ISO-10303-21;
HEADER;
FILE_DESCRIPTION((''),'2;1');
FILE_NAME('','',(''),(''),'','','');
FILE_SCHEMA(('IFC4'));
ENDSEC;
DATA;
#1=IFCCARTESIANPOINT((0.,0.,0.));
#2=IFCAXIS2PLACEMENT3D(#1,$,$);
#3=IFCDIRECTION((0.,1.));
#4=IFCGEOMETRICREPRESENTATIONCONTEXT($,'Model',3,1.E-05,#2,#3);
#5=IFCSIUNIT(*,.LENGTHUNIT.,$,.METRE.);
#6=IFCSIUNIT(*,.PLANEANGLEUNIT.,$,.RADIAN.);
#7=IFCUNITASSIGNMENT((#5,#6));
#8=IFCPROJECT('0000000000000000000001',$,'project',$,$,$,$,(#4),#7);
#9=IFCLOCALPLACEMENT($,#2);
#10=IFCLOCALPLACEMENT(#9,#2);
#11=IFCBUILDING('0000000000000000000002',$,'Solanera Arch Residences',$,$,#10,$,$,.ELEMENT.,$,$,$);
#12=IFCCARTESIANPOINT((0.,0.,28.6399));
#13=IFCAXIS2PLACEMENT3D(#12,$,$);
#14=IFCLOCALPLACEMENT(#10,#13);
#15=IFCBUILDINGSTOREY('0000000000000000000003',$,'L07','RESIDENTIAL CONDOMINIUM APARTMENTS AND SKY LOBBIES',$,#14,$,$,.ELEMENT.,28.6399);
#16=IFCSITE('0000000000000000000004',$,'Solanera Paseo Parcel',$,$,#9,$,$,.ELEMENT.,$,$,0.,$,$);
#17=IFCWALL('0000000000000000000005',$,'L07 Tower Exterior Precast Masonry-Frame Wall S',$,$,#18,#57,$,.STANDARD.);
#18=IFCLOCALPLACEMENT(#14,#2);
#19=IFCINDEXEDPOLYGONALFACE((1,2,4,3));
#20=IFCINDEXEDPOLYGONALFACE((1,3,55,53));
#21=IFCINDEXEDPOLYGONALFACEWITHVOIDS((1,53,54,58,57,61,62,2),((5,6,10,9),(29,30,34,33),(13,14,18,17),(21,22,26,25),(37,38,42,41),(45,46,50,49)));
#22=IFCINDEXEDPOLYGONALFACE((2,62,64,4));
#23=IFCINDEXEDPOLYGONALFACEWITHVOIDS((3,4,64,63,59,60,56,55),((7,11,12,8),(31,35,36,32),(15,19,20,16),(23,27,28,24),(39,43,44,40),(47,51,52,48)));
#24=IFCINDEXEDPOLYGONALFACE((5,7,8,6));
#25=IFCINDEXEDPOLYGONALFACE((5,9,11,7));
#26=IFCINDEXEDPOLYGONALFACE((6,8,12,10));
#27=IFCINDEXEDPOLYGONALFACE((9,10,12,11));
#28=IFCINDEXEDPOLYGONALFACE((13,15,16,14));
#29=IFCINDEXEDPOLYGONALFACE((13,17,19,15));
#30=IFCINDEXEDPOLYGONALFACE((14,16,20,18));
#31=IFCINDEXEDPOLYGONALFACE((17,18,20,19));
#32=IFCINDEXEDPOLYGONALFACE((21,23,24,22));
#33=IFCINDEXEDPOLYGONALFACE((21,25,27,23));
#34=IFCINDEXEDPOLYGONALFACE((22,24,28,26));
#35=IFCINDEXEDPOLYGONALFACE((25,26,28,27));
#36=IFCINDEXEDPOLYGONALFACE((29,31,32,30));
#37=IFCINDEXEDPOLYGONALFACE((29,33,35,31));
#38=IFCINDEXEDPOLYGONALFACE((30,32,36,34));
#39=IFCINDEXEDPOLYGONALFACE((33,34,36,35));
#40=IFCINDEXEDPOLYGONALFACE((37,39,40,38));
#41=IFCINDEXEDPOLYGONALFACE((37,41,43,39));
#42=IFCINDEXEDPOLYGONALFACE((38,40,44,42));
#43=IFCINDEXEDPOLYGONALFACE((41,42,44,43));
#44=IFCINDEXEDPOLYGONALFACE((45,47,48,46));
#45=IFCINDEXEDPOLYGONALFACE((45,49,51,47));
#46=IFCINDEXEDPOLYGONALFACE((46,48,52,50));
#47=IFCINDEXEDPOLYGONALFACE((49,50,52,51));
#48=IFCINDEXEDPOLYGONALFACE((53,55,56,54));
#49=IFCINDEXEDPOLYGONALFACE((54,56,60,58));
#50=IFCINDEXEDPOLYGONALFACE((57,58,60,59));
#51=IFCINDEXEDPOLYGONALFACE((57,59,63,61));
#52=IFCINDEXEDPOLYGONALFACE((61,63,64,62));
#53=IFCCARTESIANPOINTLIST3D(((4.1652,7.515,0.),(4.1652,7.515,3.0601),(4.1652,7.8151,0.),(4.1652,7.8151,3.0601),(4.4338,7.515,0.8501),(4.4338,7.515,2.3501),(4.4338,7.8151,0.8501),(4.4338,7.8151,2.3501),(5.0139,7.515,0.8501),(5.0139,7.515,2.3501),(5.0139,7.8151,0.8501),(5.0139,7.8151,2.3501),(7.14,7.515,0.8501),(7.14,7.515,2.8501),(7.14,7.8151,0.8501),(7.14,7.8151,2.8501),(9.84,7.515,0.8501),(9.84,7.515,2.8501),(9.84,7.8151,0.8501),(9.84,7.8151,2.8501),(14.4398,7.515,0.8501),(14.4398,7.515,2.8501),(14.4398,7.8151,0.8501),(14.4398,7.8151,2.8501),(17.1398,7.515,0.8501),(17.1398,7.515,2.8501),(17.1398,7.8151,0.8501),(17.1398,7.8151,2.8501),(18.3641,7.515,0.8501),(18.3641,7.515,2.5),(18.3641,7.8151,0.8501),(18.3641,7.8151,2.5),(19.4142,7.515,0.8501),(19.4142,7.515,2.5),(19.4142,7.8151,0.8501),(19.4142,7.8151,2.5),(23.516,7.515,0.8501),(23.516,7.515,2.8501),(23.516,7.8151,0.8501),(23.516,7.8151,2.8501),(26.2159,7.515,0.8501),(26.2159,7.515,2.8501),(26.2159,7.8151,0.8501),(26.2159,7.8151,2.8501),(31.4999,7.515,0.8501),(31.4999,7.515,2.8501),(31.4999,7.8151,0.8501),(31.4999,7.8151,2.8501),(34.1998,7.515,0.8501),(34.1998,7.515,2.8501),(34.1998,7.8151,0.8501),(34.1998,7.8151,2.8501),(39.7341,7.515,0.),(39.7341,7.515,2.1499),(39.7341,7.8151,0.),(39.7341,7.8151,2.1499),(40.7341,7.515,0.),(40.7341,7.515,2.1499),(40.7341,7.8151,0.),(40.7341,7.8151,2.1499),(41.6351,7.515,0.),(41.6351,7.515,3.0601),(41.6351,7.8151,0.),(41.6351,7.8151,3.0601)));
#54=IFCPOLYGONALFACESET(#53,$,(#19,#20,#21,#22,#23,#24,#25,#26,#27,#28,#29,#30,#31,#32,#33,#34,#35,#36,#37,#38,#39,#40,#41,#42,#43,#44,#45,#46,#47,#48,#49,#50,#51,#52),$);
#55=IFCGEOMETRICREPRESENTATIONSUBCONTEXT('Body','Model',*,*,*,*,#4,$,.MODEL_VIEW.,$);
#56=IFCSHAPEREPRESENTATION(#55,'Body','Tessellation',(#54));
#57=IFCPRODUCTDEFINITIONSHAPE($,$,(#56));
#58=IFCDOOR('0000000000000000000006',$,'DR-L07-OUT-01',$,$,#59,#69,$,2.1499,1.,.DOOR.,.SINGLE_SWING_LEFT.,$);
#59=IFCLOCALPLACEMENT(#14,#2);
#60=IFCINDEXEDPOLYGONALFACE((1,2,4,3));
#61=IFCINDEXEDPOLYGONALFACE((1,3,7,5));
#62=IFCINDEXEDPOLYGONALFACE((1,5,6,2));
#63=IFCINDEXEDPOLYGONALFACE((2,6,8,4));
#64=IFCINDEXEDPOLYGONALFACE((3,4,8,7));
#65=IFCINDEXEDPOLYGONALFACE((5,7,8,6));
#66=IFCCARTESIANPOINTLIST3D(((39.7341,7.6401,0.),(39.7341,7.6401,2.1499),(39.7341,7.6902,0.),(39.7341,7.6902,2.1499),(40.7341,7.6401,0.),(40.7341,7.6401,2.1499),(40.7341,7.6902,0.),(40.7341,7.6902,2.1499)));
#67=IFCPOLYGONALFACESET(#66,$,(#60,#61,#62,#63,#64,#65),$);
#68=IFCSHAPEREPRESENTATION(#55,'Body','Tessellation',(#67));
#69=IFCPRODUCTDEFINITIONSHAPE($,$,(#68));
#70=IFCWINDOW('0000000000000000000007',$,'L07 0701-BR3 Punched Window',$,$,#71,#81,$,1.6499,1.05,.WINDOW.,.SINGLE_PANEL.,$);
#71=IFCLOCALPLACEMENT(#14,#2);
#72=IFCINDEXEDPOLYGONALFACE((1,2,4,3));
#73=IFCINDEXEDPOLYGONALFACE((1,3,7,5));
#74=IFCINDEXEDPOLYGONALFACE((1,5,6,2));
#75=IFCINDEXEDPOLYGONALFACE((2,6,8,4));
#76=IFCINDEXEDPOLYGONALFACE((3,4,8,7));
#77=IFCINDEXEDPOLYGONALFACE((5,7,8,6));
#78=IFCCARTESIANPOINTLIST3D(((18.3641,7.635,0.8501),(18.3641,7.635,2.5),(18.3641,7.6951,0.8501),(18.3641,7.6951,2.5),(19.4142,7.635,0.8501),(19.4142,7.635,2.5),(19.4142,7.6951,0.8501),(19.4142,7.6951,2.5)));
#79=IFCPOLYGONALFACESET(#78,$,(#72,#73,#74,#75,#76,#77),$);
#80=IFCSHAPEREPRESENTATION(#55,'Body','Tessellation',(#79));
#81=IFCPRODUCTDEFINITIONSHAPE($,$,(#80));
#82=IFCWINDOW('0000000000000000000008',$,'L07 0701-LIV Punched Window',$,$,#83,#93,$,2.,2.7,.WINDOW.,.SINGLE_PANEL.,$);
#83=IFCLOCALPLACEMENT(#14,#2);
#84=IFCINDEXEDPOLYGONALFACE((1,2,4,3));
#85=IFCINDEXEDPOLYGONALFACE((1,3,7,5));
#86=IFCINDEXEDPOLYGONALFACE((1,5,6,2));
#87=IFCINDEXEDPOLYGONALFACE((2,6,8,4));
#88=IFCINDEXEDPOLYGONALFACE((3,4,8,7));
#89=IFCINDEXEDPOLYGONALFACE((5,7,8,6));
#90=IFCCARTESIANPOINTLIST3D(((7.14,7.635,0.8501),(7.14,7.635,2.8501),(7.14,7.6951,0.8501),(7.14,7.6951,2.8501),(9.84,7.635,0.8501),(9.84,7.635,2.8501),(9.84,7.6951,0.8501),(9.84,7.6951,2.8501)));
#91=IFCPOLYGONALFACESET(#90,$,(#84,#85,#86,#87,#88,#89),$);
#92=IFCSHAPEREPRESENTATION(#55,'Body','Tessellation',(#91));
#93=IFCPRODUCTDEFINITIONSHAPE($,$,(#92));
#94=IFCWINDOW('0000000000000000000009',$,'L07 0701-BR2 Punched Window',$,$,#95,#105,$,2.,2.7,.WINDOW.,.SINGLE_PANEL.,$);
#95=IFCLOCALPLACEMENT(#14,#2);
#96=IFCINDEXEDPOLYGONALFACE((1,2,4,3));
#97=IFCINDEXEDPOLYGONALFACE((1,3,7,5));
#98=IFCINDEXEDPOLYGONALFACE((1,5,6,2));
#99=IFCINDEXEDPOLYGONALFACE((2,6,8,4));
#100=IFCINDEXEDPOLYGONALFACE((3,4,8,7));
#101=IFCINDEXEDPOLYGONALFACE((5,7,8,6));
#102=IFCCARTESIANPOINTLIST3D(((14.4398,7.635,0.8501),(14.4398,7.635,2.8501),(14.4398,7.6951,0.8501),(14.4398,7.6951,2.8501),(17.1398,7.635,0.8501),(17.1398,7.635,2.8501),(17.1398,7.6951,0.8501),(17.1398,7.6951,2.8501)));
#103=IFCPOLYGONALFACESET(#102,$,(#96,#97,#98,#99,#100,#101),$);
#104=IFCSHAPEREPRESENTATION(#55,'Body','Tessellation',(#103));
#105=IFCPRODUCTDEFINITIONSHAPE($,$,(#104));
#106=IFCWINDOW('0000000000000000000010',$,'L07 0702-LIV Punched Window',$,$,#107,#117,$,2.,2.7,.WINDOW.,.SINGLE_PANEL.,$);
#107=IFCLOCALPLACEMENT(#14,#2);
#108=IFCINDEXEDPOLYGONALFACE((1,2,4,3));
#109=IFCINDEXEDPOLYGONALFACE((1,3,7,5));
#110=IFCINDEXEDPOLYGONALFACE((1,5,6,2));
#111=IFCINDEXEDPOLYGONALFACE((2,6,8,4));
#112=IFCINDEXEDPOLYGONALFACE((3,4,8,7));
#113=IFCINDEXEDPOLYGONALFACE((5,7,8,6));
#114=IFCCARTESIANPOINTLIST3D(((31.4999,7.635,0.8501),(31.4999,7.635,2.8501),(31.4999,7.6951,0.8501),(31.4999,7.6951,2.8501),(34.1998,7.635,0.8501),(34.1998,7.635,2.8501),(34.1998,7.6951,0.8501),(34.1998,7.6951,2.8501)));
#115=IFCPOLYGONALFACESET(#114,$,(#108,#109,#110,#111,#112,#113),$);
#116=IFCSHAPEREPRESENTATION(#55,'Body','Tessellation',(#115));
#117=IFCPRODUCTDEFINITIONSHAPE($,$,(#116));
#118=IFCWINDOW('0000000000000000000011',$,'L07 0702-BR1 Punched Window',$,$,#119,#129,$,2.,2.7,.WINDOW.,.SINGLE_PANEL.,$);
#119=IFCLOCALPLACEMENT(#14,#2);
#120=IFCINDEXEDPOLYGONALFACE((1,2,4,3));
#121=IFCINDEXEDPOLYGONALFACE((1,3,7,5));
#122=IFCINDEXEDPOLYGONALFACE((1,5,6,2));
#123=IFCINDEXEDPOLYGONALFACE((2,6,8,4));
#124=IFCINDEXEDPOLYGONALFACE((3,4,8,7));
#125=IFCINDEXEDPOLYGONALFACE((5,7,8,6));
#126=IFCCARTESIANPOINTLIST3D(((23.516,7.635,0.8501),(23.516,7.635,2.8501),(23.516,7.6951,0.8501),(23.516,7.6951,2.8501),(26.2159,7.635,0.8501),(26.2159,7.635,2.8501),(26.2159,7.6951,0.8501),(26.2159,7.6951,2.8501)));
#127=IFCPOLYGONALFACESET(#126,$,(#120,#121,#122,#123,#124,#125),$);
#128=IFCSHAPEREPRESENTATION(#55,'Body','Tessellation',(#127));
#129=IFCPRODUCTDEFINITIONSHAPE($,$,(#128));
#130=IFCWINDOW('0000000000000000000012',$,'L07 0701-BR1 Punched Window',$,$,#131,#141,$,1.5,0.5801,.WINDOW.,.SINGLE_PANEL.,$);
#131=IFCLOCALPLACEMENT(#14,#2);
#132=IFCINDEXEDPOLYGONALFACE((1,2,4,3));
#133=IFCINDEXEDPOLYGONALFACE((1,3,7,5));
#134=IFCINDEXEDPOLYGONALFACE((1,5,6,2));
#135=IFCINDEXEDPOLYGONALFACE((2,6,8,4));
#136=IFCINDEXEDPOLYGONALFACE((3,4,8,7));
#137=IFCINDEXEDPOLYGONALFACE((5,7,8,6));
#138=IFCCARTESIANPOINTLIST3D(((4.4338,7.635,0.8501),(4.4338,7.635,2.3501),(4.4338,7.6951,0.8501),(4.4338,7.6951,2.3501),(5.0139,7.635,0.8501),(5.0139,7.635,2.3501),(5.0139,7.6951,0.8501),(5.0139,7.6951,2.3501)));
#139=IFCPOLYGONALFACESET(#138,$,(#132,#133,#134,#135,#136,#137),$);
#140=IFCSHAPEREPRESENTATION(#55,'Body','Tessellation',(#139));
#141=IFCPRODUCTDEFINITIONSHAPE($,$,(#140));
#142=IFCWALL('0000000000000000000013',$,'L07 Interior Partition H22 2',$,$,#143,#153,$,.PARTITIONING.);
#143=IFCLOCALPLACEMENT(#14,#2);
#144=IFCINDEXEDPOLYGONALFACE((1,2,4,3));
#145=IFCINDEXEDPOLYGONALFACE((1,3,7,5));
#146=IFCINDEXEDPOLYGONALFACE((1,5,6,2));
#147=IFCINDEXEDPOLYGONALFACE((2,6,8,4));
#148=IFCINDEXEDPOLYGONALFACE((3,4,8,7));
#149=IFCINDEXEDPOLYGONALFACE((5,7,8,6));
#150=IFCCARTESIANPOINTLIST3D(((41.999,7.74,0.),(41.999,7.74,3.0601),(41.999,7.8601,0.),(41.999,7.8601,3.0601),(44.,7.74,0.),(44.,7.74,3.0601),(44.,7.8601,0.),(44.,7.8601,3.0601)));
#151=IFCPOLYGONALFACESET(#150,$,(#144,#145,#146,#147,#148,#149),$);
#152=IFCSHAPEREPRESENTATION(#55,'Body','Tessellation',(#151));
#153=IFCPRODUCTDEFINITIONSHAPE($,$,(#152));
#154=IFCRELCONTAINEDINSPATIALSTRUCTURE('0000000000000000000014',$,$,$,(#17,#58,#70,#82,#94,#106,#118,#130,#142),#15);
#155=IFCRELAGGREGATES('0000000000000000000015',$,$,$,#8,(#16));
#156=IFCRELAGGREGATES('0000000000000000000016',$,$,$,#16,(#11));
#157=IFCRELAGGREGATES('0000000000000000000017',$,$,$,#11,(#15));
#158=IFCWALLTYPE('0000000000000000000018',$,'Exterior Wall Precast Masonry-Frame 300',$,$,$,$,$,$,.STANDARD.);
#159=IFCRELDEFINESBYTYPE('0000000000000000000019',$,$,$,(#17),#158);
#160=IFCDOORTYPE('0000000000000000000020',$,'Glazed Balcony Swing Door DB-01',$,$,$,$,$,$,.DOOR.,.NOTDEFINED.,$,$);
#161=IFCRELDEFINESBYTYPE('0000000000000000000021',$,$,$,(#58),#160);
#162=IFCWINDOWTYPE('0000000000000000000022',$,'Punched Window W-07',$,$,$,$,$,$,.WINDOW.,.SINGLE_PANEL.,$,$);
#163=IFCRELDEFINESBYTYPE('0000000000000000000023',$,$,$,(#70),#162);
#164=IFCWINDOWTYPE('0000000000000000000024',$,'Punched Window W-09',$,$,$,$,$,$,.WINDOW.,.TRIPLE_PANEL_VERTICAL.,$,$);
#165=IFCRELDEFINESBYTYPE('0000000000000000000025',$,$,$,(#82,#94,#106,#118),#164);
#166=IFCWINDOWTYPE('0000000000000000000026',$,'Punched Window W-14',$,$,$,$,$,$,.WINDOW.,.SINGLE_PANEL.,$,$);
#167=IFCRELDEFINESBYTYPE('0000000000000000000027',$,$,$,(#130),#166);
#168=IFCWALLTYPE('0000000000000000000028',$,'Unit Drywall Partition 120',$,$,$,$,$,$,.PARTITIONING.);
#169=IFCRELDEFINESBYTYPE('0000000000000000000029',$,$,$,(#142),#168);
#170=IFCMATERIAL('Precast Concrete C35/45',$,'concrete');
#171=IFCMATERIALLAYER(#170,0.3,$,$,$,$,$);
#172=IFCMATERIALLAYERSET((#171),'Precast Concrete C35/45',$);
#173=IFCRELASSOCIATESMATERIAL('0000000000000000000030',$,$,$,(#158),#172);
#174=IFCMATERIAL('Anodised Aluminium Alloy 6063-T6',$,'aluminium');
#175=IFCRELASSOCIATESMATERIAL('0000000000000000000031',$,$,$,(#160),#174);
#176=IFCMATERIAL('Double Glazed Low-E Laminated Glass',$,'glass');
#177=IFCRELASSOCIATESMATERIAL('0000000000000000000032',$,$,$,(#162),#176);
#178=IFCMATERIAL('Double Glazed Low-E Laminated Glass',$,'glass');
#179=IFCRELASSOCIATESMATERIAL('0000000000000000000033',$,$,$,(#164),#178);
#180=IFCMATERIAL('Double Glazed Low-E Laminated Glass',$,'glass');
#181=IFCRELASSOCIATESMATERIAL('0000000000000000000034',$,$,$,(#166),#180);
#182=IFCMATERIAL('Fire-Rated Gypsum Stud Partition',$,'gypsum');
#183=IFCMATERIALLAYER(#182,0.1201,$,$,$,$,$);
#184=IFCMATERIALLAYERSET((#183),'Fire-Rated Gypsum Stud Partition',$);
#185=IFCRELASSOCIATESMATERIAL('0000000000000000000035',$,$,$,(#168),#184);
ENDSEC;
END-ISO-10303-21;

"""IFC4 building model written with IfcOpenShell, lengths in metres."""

from ifc_helpers import new_model, si_unit, direction, frame, frame_2d, origin, place, context, subcontext, project, spatial, rectangle, extrude, material, layer, layer_set, type_object, element, fill, save


model = new_model("IFC4")

# Units and contexts
model_context = context("Model", 3, precision=1e-05, world=origin(), true_north=direction((0.0, 1.0)))
body_context = subcontext(model_context, "Body", "Model", "MODEL_VIEW")
ifc_project = project(units=[si_unit("LENGTHUNIT", "METRE"), si_unit("PLANEANGLEUNIT", "RADIAN")], contexts=[model_context])

# Site, building, storey
site_placement = place(None, origin())
site = spatial("IfcSite", under=ifc_project, at=site_placement, Name="Solanera Paseo Parcel", CompositionType="ELEMENT", RefElevation=0.0)
building_placement = place(site_placement, origin())
building = spatial("IfcBuilding", under=site, at=building_placement, Name="Solanera Arch Residences", CompositionType="ELEMENT")
storey_placement = place(building_placement, frame((0.0, 0.0, 28.6399)))
storey = spatial("IfcBuildingStorey", under=building, at=storey_placement, Name="L07", Description="RESIDENTIAL CONDOMINIUM APARTMENTS AND SKY LOBBIES", CompositionType="ELEMENT", Elevation=28.6399)

# Shared definitions
ifc_material_1 = material(Name="Precast Concrete C35/45", Category="concrete")
ifc_layer_1 = layer(ifc_material_1, 0.3)
ifc_layer_set_1 = layer_set([ifc_layer_1], Name="Precast Concrete C35/45")
wall_type_1 = type_object("IfcWallType", Name="Exterior Wall Precast Masonry-Frame 300", PredefinedType="STANDARD", material=ifc_layer_set_1)

# Wall, openings, door, windows
wall_1_placement = place(storey_placement, frame((41.635, 7.665, 0.0), z_axis=(0.0, 0.0, 1.0), x_axis=(-1.0, 0.0, 0.0)))
wall_1 = element("IfcWall", 1, at=wall_1_placement, inside=storey, type_object=wall_type_1, Name="L07 Tower Exterior Precast Masonry-Frame Wall S", PredefinedType="STANDARD", context=body_context, shape_type="SweptSolid", body=[
    extrude(rectangle(XDim=37.47, YDim=0.3, at=frame_2d((18.7349, 0.0))), origin(), (0.0, 0.0, 1.0), 3.0601),
])
opening_1_placement = place(wall_1_placement, frame((0.9009, 0.0, 0.0)))
opening_1 = element("IfcOpeningElement", 2, at=opening_1_placement, cuts=wall_1, PredefinedType="OPENING", context=body_context, shape_type="SweptSolid", body=[
    extrude(rectangle(XDim=1.0, YDim=2.1499, at=frame_2d((0.5, 1.075))), frame((0.0, 0.1599, 0.0), z_axis=(0.0, -1.0, 0.0), x_axis=(1.0, 0.0, 0.0)), (0.0, 0.0, 1.0), 0.32),
])
opening_2_placement = place(wall_1_placement, frame((31.7949, 0.0, 0.8501)))
opening_2 = element("IfcOpeningElement", 3, at=opening_2_placement, cuts=wall_1, PredefinedType="OPENING", context=body_context, shape_type="SweptSolid", body=[
    extrude(rectangle(XDim=2.7, YDim=2.0, at=frame_2d((1.3501, 1.0))), frame((0.0, 0.1599, 0.0), z_axis=(0.0, -1.0, 0.0), x_axis=(1.0, 0.0, 0.0)), (0.0, 0.0, 1.0), 0.32),
])
opening_3_placement = place(wall_1_placement, frame((36.6211, 0.0, 0.8501)))
opening_3 = element("IfcOpeningElement", 4, at=opening_3_placement, cuts=wall_1, PredefinedType="OPENING", context=body_context, shape_type="SweptSolid", body=[
    extrude(rectangle(XDim=0.5801, YDim=1.5, at=frame_2d((0.29, 0.75))), frame((0.0, 0.1599, 0.0), z_axis=(0.0, -1.0, 0.0), x_axis=(1.0, 0.0, 0.0)), (0.0, 0.0, 1.0), 0.32),
])
opening_4_placement = place(wall_1_placement, frame((24.4951, 0.0, 0.8501)))
opening_4 = element("IfcOpeningElement", 5, at=opening_4_placement, cuts=wall_1, PredefinedType="OPENING", context=body_context, shape_type="SweptSolid", body=[
    extrude(rectangle(XDim=2.7, YDim=2.0, at=frame_2d((1.3501, 1.0))), frame((0.0, 0.1599, 0.0), z_axis=(0.0, -1.0, 0.0), x_axis=(1.0, 0.0, 0.0)), (0.0, 0.0, 1.0), 0.32),
])
opening_5_placement = place(wall_1_placement, frame((22.2209, 0.0, 0.8501)))
opening_5 = element("IfcOpeningElement", 6, at=opening_5_placement, cuts=wall_1, PredefinedType="OPENING", context=body_context, shape_type="SweptSolid", body=[
    extrude(rectangle(XDim=1.05, YDim=1.6499, at=frame_2d((0.5249, 0.825))), frame((0.0, 0.1599, 0.0), z_axis=(0.0, -1.0, 0.0), x_axis=(1.0, 0.0, 0.0)), (0.0, 0.0, 1.0), 0.32),
])
opening_6_placement = place(wall_1_placement, frame((7.4351, 0.0, 0.8501)))
opening_6 = element("IfcOpeningElement", 7, at=opening_6_placement, cuts=wall_1, PredefinedType="OPENING", context=body_context, shape_type="SweptSolid", body=[
    extrude(rectangle(XDim=2.7, YDim=2.0, at=frame_2d((1.3501, 1.0))), frame((0.0, 0.1599, 0.0), z_axis=(0.0, -1.0, 0.0), x_axis=(1.0, 0.0, 0.0)), (0.0, 0.0, 1.0), 0.32),
])
opening_7_placement = place(wall_1_placement, frame((15.4189, 0.0, 0.8501)))
opening_7 = element("IfcOpeningElement", 8, at=opening_7_placement, cuts=wall_1, PredefinedType="OPENING", context=body_context, shape_type="SweptSolid", body=[
    extrude(rectangle(XDim=2.7, YDim=2.0, at=frame_2d((1.3501, 1.0))), frame((0.0, 0.1599, 0.0), z_axis=(0.0, -1.0, 0.0), x_axis=(1.0, 0.0, 0.0)), (0.0, 0.0, 1.0), 0.32),
])
ifc_material_2 = material(Name="Anodised Aluminium Alloy 6063-T6", Category="aluminium")
door_type_1 = type_object("IfcDoorType", Name="Glazed Balcony Swing Door DB-01", OperationType="NOTDEFINED", PredefinedType="DOOR", material=ifc_material_2)
door_1_placement = place(opening_1_placement, origin())
door_1 = element("IfcDoor", 9, at=door_1_placement, inside=storey, type_object=door_type_1, Name="DR-L07-OUT-01", OperationType="SINGLE_SWING_LEFT", OverallHeight=2.1499, OverallWidth=1.0, PredefinedType="DOOR", context=body_context, shape_type="SweptSolid", body=[
    extrude(rectangle(XDim=1.0, YDim=2.1499, at=frame_2d((0.5, 1.075))), frame((0.0, 0.0249, 0.0), z_axis=(0.0, -1.0, 0.0), x_axis=(1.0, 0.0, 0.0)), (0.0, 0.0, 1.0), 0.05),
])
fill(opening_1, door_1)
ifc_material_3 = material(Name="Double Glazed Low-E Laminated Glass", Category="glass")
window_type_1 = type_object("IfcWindowType", Name="Punched Window W-07", PartitioningType="SINGLE_PANEL", PredefinedType="WINDOW", material=ifc_material_3)
window_1_placement = place(opening_5_placement, origin())
window_1 = element("IfcWindow", 10, at=window_1_placement, inside=storey, type_object=window_type_1, Name="L07 0701-BR3 Punched Window", OverallHeight=1.6499, OverallWidth=1.05, PartitioningType="SINGLE_PANEL", PredefinedType="WINDOW", context=body_context, shape_type="SweptSolid", body=[
    extrude(rectangle(XDim=1.05, YDim=1.6499, at=frame_2d((0.5249, 0.825))), frame((0.0, 0.03, 0.0), z_axis=(0.0, -1.0, 0.0), x_axis=(1.0, 0.0, 0.0)), (0.0, 0.0, 1.0), 0.0601),
])
fill(opening_5, window_1)
ifc_material_4 = material(Name="Double Glazed Low-E Laminated Glass", Category="glass")
window_type_2 = type_object("IfcWindowType", Name="Punched Window W-09", PartitioningType="TRIPLE_PANEL_VERTICAL", PredefinedType="WINDOW", material=ifc_material_4)
window_2_placement = place(opening_2_placement, origin())
window_2 = element("IfcWindow", 11, at=window_2_placement, inside=storey, type_object=window_type_2, Name="L07 0701-LIV Punched Window", OverallHeight=2.0, OverallWidth=2.7, PartitioningType="SINGLE_PANEL", PredefinedType="WINDOW", context=body_context, shape_type="SweptSolid", body=[
    extrude(rectangle(XDim=2.7, YDim=2.0, at=frame_2d((1.3501, 1.0))), frame((0.0, 0.03, 0.0), z_axis=(0.0, -1.0, 0.0), x_axis=(1.0, 0.0, 0.0)), (0.0, 0.0, 1.0), 0.0601),
])
fill(opening_2, window_2)
window_3_placement = place(opening_4_placement, origin())
window_3 = element("IfcWindow", 12, at=window_3_placement, inside=storey, type_object=window_type_2, Name="L07 0701-BR2 Punched Window", OverallHeight=2.0, OverallWidth=2.7, PartitioningType="SINGLE_PANEL", PredefinedType="WINDOW", context=body_context, shape_type="SweptSolid", body=[
    extrude(rectangle(XDim=2.7, YDim=2.0, at=frame_2d((1.3501, 1.0))), frame((0.0, 0.03, 0.0), z_axis=(0.0, -1.0, 0.0), x_axis=(1.0, 0.0, 0.0)), (0.0, 0.0, 1.0), 0.0601),
])
fill(opening_4, window_3)
window_4_placement = place(opening_6_placement, origin())
window_4 = element("IfcWindow", 13, at=window_4_placement, inside=storey, type_object=window_type_2, Name="L07 0702-LIV Punched Window", OverallHeight=2.0, OverallWidth=2.7, PartitioningType="SINGLE_PANEL", PredefinedType="WINDOW", context=body_context, shape_type="SweptSolid", body=[
    extrude(rectangle(XDim=2.7, YDim=2.0, at=frame_2d((1.3501, 1.0))), frame((0.0, 0.03, 0.0), z_axis=(0.0, -1.0, 0.0), x_axis=(1.0, 0.0, 0.0)), (0.0, 0.0, 1.0), 0.0601),
])
fill(opening_6, window_4)
window_5_placement = place(opening_7_placement, origin())
window_5 = element("IfcWindow", 14, at=window_5_placement, inside=storey, type_object=window_type_2, Name="L07 0702-BR1 Punched Window", OverallHeight=2.0, OverallWidth=2.7, PartitioningType="SINGLE_PANEL", PredefinedType="WINDOW", context=body_context, shape_type="SweptSolid", body=[
    extrude(rectangle(XDim=2.7, YDim=2.0, at=frame_2d((1.3501, 1.0))), frame((0.0, 0.03, 0.0), z_axis=(0.0, -1.0, 0.0), x_axis=(1.0, 0.0, 0.0)), (0.0, 0.0, 1.0), 0.0601),
])
fill(opening_7, window_5)
ifc_material_5 = material(Name="Double Glazed Low-E Laminated Glass", Category="glass")
window_type_3 = type_object("IfcWindowType", Name="Punched Window W-14", PartitioningType="SINGLE_PANEL", PredefinedType="WINDOW", material=ifc_material_5)
window_6_placement = place(opening_3_placement, origin())
window_6 = element("IfcWindow", 15, at=window_6_placement, inside=storey, type_object=window_type_3, Name="L07 0701-BR1 Punched Window", OverallHeight=1.5, OverallWidth=0.5801, PartitioningType="SINGLE_PANEL", PredefinedType="WINDOW", context=body_context, shape_type="SweptSolid", body=[
    extrude(rectangle(XDim=0.5801, YDim=1.5, at=frame_2d((0.29, 0.75))), frame((0.0, 0.03, 0.0), z_axis=(0.0, -1.0, 0.0), x_axis=(1.0, 0.0, 0.0)), (0.0, 0.0, 1.0), 0.0601),
])
fill(opening_3, window_6)

# Wall
ifc_material_6 = material(Name="Fire-Rated Gypsum Stud Partition", Category="gypsum")
ifc_layer_2 = layer(ifc_material_6, 0.1201)
ifc_layer_set_2 = layer_set([ifc_layer_2], Name="Fire-Rated Gypsum Stud Partition")
wall_type_2 = type_object("IfcWallType", Name="Unit Drywall Partition 120", PredefinedType="PARTITIONING", material=ifc_layer_set_2)
wall_2_placement = place(storey_placement, frame((41.999, 7.8, 0.0), z_axis=(0.0, 0.0, 1.0), x_axis=(1.0, 0.0, 0.0)))
element("IfcWall", 16, at=wall_2_placement, inside=storey, type_object=wall_type_2, Name="L07 Interior Partition H22 2", PredefinedType="PARTITIONING", context=body_context, shape_type="SweptSolid", body=[
    extrude(rectangle(XDim=2.001, YDim=0.1201, at=frame_2d((1.0005, 0.0))), origin(), (0.0, 0.0, 1.0), 3.0601),
])

save(model, "model.ifc")
